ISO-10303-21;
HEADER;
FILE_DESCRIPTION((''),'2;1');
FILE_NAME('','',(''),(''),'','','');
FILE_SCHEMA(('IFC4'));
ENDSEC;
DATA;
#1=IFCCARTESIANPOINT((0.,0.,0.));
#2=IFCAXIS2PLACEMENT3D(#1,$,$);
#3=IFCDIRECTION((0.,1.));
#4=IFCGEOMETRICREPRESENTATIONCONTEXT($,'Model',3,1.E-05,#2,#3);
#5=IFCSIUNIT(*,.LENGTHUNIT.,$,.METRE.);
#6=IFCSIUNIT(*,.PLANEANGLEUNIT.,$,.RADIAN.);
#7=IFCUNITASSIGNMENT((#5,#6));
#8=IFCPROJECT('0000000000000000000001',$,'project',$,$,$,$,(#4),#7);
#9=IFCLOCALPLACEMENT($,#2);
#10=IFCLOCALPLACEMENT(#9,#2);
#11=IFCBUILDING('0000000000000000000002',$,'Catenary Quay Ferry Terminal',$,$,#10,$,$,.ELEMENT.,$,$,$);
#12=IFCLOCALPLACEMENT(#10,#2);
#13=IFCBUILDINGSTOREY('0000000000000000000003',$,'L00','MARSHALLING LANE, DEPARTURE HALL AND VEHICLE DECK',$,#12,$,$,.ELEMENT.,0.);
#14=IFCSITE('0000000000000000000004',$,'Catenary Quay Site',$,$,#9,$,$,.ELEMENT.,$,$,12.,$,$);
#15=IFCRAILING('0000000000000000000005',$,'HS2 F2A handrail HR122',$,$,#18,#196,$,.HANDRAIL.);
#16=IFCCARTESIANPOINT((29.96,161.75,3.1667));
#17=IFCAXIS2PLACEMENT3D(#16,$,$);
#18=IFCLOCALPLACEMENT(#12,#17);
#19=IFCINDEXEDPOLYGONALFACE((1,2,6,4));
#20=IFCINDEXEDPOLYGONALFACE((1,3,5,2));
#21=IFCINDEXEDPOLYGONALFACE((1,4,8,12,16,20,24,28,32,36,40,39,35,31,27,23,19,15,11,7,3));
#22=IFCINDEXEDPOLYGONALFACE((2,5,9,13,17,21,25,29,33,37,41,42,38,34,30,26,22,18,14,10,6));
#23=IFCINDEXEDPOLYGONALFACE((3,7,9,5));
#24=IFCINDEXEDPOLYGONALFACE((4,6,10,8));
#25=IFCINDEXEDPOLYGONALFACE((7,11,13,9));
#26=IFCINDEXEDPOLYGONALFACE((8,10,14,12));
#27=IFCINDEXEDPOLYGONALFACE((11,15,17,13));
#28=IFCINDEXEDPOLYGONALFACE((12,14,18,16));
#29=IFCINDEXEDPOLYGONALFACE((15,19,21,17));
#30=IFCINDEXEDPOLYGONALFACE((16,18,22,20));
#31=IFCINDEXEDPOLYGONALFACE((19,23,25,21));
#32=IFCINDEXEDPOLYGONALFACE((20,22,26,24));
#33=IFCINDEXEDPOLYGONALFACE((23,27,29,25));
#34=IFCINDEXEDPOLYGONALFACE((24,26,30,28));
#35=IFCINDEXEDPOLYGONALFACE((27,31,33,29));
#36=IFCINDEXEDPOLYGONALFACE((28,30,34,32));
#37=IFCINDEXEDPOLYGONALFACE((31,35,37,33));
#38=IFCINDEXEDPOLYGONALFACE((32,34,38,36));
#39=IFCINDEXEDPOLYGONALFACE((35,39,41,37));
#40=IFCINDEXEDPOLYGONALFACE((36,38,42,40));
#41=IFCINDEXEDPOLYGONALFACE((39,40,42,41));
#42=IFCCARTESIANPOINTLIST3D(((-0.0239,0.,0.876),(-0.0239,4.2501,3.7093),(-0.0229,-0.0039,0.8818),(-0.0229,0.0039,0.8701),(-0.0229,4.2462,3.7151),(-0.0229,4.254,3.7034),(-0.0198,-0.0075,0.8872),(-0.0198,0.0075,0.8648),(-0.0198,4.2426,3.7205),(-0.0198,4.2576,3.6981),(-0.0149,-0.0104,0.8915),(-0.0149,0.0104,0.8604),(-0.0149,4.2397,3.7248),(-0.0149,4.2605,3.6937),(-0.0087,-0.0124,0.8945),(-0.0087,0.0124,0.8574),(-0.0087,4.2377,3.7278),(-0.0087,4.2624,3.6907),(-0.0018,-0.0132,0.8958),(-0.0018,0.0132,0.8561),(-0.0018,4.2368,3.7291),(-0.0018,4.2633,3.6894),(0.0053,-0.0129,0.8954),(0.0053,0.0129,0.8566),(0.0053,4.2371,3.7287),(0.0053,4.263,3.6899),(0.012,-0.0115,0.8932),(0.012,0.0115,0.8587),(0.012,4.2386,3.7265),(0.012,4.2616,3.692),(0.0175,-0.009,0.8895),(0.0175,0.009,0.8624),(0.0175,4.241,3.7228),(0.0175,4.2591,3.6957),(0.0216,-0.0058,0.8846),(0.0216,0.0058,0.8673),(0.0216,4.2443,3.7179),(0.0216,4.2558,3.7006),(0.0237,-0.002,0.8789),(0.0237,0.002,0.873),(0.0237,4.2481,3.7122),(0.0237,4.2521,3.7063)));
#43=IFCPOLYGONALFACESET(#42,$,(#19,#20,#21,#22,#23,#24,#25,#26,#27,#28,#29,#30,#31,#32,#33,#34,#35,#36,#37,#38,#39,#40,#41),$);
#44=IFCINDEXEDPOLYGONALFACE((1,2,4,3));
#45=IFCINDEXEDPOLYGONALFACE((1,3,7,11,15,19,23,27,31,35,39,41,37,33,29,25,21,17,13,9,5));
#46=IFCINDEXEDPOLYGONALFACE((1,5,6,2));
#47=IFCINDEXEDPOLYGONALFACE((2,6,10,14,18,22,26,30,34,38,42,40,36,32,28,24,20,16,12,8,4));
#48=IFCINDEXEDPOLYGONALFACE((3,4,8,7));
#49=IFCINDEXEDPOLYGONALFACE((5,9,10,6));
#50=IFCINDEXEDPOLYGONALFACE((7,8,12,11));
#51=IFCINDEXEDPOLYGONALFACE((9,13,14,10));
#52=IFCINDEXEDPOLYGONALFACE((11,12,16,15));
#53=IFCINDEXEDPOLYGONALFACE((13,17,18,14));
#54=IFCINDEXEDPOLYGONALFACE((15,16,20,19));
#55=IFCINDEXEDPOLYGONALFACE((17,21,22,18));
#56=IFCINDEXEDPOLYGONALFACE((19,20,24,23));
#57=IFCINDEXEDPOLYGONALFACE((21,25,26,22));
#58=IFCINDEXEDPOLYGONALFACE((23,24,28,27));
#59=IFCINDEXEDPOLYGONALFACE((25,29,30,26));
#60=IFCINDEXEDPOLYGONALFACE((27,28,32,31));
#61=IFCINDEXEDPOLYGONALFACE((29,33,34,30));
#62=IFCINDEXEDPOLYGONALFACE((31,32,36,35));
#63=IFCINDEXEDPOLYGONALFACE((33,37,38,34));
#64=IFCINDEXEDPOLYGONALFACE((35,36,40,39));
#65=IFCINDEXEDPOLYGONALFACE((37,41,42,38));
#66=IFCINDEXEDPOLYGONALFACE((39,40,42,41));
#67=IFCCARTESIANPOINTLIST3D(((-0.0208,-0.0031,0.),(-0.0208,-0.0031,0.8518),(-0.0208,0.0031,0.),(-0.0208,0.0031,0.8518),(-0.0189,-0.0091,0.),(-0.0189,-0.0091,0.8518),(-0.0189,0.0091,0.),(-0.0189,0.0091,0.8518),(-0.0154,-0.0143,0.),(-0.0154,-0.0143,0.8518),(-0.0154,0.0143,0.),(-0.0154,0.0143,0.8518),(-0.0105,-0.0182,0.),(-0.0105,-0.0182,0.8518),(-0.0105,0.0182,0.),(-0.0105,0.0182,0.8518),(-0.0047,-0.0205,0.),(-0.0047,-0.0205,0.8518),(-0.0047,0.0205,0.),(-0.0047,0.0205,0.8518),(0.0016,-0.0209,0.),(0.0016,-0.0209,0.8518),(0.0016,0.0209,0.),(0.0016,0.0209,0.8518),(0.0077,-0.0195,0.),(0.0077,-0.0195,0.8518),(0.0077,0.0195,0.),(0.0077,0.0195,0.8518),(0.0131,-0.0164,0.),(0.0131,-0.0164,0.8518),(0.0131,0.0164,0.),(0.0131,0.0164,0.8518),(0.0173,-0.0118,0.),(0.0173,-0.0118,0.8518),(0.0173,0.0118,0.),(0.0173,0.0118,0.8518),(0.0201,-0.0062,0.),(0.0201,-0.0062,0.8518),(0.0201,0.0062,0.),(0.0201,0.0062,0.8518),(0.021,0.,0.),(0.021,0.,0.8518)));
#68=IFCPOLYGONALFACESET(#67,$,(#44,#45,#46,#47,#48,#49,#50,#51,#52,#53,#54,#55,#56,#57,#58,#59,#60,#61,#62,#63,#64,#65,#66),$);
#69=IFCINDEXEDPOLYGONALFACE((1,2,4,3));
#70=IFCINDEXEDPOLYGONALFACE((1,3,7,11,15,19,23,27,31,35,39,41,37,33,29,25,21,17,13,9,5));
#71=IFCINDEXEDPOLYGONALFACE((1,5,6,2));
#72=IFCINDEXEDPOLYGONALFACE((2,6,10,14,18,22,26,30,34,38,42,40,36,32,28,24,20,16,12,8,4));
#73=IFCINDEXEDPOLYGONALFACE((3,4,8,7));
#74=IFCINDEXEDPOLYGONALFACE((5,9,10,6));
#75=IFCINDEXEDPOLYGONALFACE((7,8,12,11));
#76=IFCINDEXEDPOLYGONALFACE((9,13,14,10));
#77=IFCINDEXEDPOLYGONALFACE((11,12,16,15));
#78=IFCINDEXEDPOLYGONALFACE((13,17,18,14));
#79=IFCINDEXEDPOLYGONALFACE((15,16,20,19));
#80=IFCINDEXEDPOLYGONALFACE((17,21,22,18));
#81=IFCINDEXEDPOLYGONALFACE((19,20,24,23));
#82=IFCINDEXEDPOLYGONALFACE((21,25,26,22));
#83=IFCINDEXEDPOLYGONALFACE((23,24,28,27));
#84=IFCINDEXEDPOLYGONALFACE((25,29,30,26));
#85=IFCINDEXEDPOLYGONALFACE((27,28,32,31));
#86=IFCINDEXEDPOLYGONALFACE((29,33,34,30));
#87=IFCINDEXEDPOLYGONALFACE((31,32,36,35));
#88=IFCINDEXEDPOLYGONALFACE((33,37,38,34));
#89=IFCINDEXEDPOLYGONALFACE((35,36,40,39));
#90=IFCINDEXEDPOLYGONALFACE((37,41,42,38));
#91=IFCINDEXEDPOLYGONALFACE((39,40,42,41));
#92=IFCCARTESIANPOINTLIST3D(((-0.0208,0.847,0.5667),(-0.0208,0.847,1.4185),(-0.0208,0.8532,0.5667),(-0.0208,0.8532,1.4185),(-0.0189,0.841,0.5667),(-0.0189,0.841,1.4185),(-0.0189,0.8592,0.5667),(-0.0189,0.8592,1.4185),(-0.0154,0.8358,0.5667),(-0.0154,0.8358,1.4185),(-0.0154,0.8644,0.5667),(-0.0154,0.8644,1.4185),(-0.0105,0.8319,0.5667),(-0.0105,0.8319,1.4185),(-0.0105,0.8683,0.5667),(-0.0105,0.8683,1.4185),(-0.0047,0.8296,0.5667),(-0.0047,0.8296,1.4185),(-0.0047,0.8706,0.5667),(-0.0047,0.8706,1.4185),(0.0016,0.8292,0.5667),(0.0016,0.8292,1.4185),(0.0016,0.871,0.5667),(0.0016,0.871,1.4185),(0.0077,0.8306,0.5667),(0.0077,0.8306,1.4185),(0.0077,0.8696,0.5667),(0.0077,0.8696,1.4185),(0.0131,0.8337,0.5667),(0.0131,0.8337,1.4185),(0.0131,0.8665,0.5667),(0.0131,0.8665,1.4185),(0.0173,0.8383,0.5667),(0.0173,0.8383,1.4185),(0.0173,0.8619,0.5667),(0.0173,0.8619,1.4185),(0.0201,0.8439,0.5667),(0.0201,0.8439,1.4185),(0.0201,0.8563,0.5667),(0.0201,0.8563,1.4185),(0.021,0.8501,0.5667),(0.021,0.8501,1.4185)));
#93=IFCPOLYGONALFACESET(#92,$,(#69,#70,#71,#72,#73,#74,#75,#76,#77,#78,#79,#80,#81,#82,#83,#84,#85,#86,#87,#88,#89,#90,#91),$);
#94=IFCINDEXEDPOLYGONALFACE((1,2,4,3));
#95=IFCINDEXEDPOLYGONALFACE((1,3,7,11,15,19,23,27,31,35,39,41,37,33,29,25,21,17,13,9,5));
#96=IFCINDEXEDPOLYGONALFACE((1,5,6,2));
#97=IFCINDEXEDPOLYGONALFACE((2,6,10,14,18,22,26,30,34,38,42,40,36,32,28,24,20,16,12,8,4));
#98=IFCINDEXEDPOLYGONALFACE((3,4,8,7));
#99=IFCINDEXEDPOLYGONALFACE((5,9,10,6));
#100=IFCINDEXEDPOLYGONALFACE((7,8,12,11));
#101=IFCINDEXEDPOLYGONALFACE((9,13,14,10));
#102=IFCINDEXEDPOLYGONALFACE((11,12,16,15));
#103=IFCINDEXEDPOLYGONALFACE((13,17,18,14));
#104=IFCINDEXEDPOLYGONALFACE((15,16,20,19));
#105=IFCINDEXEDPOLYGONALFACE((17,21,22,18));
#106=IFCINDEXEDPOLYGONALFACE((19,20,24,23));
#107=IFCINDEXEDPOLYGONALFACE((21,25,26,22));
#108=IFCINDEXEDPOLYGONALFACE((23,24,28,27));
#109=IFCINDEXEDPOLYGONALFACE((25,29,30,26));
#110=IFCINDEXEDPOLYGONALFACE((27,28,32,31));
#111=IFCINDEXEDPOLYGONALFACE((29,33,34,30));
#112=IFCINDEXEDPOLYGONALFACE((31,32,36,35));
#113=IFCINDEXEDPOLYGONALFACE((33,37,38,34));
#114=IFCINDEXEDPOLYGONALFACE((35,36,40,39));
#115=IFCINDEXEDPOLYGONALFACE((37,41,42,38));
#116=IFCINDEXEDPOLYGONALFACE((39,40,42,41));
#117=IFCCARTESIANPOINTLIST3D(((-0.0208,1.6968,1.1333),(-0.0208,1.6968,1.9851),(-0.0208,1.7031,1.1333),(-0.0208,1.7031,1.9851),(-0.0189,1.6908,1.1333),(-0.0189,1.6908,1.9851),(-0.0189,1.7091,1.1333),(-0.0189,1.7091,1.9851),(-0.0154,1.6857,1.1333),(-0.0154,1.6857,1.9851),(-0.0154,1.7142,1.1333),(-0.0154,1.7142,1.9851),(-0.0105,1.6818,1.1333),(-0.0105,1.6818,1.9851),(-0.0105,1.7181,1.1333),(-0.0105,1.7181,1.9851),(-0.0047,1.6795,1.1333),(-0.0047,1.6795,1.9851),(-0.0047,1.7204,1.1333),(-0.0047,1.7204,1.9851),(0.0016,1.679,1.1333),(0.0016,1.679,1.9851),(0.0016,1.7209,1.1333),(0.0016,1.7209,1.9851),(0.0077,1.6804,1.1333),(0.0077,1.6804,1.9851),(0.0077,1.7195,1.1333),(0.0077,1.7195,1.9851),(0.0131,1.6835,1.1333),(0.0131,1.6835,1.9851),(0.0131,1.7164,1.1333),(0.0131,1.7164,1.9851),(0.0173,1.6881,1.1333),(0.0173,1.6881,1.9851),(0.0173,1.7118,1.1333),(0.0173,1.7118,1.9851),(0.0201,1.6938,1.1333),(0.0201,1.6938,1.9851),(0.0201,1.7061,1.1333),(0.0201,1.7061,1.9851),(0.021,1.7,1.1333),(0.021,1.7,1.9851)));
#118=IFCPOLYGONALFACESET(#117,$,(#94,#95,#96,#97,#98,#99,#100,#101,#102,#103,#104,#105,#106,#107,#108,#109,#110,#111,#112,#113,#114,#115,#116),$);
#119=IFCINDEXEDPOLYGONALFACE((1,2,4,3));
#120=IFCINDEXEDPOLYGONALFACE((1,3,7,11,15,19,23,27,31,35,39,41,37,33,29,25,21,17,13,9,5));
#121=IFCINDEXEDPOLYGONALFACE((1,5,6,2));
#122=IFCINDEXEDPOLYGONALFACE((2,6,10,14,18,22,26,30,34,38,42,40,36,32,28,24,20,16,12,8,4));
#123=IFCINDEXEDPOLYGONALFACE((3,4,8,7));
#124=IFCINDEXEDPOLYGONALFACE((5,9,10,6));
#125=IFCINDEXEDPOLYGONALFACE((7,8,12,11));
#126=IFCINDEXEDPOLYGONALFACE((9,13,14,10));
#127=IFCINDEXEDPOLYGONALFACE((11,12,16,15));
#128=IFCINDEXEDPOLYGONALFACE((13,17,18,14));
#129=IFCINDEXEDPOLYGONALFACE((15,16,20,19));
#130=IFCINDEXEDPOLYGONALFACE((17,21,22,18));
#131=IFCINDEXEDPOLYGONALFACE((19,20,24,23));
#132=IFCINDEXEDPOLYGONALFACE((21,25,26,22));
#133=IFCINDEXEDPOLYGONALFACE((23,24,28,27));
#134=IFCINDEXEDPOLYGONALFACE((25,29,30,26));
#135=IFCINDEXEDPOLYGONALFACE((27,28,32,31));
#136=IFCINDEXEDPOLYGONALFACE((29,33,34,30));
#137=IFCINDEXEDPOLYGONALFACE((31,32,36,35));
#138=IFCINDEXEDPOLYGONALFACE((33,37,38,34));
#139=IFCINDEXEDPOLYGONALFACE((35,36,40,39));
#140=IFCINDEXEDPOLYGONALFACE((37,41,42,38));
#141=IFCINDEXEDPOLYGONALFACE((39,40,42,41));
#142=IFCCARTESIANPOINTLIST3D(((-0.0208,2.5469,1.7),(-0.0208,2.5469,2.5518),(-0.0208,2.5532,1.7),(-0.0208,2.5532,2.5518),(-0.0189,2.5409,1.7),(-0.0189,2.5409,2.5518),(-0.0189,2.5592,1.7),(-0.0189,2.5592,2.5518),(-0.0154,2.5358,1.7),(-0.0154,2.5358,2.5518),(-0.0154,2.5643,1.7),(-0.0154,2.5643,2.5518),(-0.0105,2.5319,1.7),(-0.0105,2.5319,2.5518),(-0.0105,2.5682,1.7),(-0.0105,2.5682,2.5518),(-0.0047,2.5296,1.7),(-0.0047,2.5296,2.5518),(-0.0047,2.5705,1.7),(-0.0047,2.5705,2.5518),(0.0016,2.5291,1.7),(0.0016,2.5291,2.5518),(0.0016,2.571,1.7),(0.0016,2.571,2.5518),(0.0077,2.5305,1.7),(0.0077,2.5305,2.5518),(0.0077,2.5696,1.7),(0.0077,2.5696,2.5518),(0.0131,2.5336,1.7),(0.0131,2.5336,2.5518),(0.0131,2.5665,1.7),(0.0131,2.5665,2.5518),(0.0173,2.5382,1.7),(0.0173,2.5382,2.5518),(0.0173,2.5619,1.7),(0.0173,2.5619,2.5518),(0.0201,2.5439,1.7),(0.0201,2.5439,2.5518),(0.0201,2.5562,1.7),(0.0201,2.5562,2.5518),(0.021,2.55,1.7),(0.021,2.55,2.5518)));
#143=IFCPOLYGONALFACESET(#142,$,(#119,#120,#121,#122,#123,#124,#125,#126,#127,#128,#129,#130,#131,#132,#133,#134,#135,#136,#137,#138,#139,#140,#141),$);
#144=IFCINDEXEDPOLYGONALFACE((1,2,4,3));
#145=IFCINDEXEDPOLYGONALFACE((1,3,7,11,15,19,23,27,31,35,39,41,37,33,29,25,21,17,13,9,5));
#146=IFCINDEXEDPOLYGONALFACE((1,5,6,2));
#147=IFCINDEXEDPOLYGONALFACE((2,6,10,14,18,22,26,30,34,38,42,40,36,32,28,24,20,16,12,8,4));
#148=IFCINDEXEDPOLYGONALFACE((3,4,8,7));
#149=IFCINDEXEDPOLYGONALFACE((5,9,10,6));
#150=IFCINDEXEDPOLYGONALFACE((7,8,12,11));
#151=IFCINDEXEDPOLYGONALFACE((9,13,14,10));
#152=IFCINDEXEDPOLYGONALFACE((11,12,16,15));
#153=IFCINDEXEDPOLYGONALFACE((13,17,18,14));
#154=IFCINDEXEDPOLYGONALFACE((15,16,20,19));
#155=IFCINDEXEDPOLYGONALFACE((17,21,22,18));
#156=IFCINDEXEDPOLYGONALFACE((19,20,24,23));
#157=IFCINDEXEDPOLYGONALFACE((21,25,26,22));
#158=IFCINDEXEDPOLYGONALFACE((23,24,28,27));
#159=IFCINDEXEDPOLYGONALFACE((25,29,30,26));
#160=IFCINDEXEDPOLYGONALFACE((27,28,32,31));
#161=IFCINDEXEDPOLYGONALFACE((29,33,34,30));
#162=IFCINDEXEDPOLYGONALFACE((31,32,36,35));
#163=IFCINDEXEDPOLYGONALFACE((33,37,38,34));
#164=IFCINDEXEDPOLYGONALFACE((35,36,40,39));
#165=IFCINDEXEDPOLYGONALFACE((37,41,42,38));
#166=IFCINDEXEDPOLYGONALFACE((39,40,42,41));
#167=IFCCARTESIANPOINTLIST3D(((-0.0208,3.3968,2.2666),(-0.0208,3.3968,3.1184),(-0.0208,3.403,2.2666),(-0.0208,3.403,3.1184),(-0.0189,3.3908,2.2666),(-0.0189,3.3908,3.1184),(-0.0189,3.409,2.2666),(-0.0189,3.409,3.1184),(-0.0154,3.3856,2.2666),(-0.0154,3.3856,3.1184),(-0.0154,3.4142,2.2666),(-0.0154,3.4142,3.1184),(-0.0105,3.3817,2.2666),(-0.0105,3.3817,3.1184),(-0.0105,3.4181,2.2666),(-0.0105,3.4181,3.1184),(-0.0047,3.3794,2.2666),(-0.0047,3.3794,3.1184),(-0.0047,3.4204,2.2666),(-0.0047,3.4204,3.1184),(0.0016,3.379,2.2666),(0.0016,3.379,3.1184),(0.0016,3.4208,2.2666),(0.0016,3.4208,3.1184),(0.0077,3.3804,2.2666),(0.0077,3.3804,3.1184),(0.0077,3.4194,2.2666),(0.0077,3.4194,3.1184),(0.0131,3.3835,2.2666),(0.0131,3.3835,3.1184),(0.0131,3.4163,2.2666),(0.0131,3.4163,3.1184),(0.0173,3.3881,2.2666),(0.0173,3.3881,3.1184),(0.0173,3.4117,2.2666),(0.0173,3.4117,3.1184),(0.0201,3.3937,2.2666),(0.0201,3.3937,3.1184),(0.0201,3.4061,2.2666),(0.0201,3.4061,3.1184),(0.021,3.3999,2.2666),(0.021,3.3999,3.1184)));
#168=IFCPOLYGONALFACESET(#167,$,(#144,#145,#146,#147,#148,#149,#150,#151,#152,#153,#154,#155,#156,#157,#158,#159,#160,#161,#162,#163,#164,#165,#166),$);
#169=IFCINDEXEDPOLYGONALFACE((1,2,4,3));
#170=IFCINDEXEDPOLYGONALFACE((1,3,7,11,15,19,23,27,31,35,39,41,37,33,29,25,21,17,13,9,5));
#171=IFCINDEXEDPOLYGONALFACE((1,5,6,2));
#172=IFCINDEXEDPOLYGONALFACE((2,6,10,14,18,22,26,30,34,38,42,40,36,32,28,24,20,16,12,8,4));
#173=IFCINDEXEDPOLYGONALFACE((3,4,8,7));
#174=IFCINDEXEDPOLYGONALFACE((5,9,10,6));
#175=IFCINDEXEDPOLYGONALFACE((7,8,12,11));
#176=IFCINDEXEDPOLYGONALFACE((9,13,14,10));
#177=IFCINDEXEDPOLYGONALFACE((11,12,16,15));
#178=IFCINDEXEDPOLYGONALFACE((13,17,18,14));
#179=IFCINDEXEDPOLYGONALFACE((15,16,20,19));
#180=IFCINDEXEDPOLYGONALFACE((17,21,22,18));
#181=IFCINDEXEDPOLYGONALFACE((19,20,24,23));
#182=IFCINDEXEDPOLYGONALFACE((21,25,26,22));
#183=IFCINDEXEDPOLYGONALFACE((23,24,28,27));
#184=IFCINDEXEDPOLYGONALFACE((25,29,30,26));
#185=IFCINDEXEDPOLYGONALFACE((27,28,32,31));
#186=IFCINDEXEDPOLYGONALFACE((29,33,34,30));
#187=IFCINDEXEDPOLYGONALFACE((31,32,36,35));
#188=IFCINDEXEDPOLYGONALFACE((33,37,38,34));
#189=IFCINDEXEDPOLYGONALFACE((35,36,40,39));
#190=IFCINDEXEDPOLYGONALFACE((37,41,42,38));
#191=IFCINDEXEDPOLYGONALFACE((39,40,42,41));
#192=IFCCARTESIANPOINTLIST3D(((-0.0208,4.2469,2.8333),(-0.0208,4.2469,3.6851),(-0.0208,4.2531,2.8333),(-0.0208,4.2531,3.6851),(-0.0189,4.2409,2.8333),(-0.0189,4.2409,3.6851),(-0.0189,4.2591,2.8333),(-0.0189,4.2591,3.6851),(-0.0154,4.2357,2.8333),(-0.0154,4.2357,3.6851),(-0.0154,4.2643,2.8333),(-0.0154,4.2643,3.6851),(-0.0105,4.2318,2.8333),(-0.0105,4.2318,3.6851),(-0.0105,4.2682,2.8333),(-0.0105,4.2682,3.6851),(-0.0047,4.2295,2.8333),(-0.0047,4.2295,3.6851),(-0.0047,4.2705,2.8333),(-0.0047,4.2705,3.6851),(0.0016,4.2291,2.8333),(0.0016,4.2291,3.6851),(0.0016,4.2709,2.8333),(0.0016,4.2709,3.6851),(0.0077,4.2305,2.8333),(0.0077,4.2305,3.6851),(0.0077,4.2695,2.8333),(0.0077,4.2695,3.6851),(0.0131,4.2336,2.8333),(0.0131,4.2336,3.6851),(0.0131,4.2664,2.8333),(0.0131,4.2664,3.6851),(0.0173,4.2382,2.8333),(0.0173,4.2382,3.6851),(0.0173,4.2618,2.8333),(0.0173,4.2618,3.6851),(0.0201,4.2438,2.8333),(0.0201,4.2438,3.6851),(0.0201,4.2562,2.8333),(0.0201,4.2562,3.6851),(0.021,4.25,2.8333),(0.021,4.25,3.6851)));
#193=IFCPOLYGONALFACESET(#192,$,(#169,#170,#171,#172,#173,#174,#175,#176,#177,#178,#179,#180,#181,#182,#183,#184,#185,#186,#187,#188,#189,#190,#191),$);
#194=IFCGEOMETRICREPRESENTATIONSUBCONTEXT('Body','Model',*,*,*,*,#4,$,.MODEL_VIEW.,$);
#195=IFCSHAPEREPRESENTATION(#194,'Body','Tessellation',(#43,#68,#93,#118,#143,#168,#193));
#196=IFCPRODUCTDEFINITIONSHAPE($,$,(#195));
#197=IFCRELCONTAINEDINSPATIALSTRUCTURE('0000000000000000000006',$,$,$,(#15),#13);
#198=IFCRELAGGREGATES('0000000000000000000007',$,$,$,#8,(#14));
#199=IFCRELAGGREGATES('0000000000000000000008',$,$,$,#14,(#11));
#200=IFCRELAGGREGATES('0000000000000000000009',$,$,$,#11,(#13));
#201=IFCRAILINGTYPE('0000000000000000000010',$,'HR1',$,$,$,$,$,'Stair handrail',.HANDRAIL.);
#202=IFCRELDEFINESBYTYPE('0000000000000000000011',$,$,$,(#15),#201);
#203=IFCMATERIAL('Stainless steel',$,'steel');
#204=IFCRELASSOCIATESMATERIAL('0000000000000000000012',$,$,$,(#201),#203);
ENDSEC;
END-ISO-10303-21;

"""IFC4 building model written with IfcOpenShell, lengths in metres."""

from ifc_helpers import new_model, si_unit, direction, frame, origin, origin_2d, place, context, subcontext, project, spatial, circle, extrude, material, type_object, element, save


model = new_model("IFC4")

# Units and contexts
model_context = context("Model", 3, precision=1e-05, world=origin(), true_north=direction((0.0, 1.0)))
body_context = subcontext(model_context, "Body", "Model", "MODEL_VIEW")
ifc_project = project(units=[si_unit("LENGTHUNIT", "METRE"), si_unit("PLANEANGLEUNIT", "RADIAN")], contexts=[model_context])

# Site, building, storey
site_placement = place(None, origin())
site = spatial("IfcSite", under=ifc_project, at=site_placement, Name="Catenary Quay Site", CompositionType="ELEMENT", RefElevation=12.0)
building_placement = place(site_placement, origin())
building = spatial("IfcBuilding", under=site, at=building_placement, Name="Catenary Quay Ferry Terminal", CompositionType="ELEMENT")
storey_placement = place(building_placement, origin())
storey = spatial("IfcBuildingStorey", under=building, at=storey_placement, Name="L00", Description="MARSHALLING LANE, DEPARTURE HALL AND VEHICLE DECK", CompositionType="ELEMENT", Elevation=0.0)

# Railing
ifc_material_1 = material(Name="Stainless steel", Category="steel")
railing_type_1 = type_object("IfcRailingType", Name="HR1", ElementType="Stair handrail", PredefinedType="HANDRAIL", material=ifc_material_1)
for number, where, name in (
    (1, (29.96, 161.75, 3.1667), "HS2 F2A handrail HR122"),
):
    element("IfcRailing", number, at=place(storey_placement, frame(where)), inside=storey, type_object=railing_type_1, Name=name, PredefinedType="HANDRAIL", context=body_context, shape_type="SweptSolid", body=[
        extrude(circle(Radius=0.0239, at=origin_2d()), frame((0.0, 0.0, 0.876), z_axis=(0.0, 0.832058, 0.554689), x_axis=(-1.0, 0.0, 0.0)), (0.0, 0.0, 1.0), 5.1079),
        extrude(circle(Radius=0.021, at=origin_2d()), origin(), (0.0, 0.0, 1.0), 0.8518),
        extrude(circle(Radius=0.021, at=origin_2d()), frame((0.0, 0.8501, 0.5667)), (0.0, 0.0, 1.0), 0.8518),
        extrude(circle(Radius=0.021, at=origin_2d()), frame((0.0, 1.7, 1.1333)), (0.0, 0.0, 1.0), 0.8518),
        extrude(circle(Radius=0.021, at=origin_2d()), frame((0.0, 2.55, 1.7)), (0.0, 0.0, 1.0), 0.8518),
        extrude(circle(Radius=0.021, at=origin_2d()), frame((0.0, 3.3999, 2.2666)), (0.0, 0.0, 1.0), 0.8518),
        extrude(circle(Radius=0.021, at=origin_2d()), frame((0.0, 4.25, 2.8333)), (0.0, 0.0, 1.0), 0.8518),
    ])

save(model, "model.ifc")
